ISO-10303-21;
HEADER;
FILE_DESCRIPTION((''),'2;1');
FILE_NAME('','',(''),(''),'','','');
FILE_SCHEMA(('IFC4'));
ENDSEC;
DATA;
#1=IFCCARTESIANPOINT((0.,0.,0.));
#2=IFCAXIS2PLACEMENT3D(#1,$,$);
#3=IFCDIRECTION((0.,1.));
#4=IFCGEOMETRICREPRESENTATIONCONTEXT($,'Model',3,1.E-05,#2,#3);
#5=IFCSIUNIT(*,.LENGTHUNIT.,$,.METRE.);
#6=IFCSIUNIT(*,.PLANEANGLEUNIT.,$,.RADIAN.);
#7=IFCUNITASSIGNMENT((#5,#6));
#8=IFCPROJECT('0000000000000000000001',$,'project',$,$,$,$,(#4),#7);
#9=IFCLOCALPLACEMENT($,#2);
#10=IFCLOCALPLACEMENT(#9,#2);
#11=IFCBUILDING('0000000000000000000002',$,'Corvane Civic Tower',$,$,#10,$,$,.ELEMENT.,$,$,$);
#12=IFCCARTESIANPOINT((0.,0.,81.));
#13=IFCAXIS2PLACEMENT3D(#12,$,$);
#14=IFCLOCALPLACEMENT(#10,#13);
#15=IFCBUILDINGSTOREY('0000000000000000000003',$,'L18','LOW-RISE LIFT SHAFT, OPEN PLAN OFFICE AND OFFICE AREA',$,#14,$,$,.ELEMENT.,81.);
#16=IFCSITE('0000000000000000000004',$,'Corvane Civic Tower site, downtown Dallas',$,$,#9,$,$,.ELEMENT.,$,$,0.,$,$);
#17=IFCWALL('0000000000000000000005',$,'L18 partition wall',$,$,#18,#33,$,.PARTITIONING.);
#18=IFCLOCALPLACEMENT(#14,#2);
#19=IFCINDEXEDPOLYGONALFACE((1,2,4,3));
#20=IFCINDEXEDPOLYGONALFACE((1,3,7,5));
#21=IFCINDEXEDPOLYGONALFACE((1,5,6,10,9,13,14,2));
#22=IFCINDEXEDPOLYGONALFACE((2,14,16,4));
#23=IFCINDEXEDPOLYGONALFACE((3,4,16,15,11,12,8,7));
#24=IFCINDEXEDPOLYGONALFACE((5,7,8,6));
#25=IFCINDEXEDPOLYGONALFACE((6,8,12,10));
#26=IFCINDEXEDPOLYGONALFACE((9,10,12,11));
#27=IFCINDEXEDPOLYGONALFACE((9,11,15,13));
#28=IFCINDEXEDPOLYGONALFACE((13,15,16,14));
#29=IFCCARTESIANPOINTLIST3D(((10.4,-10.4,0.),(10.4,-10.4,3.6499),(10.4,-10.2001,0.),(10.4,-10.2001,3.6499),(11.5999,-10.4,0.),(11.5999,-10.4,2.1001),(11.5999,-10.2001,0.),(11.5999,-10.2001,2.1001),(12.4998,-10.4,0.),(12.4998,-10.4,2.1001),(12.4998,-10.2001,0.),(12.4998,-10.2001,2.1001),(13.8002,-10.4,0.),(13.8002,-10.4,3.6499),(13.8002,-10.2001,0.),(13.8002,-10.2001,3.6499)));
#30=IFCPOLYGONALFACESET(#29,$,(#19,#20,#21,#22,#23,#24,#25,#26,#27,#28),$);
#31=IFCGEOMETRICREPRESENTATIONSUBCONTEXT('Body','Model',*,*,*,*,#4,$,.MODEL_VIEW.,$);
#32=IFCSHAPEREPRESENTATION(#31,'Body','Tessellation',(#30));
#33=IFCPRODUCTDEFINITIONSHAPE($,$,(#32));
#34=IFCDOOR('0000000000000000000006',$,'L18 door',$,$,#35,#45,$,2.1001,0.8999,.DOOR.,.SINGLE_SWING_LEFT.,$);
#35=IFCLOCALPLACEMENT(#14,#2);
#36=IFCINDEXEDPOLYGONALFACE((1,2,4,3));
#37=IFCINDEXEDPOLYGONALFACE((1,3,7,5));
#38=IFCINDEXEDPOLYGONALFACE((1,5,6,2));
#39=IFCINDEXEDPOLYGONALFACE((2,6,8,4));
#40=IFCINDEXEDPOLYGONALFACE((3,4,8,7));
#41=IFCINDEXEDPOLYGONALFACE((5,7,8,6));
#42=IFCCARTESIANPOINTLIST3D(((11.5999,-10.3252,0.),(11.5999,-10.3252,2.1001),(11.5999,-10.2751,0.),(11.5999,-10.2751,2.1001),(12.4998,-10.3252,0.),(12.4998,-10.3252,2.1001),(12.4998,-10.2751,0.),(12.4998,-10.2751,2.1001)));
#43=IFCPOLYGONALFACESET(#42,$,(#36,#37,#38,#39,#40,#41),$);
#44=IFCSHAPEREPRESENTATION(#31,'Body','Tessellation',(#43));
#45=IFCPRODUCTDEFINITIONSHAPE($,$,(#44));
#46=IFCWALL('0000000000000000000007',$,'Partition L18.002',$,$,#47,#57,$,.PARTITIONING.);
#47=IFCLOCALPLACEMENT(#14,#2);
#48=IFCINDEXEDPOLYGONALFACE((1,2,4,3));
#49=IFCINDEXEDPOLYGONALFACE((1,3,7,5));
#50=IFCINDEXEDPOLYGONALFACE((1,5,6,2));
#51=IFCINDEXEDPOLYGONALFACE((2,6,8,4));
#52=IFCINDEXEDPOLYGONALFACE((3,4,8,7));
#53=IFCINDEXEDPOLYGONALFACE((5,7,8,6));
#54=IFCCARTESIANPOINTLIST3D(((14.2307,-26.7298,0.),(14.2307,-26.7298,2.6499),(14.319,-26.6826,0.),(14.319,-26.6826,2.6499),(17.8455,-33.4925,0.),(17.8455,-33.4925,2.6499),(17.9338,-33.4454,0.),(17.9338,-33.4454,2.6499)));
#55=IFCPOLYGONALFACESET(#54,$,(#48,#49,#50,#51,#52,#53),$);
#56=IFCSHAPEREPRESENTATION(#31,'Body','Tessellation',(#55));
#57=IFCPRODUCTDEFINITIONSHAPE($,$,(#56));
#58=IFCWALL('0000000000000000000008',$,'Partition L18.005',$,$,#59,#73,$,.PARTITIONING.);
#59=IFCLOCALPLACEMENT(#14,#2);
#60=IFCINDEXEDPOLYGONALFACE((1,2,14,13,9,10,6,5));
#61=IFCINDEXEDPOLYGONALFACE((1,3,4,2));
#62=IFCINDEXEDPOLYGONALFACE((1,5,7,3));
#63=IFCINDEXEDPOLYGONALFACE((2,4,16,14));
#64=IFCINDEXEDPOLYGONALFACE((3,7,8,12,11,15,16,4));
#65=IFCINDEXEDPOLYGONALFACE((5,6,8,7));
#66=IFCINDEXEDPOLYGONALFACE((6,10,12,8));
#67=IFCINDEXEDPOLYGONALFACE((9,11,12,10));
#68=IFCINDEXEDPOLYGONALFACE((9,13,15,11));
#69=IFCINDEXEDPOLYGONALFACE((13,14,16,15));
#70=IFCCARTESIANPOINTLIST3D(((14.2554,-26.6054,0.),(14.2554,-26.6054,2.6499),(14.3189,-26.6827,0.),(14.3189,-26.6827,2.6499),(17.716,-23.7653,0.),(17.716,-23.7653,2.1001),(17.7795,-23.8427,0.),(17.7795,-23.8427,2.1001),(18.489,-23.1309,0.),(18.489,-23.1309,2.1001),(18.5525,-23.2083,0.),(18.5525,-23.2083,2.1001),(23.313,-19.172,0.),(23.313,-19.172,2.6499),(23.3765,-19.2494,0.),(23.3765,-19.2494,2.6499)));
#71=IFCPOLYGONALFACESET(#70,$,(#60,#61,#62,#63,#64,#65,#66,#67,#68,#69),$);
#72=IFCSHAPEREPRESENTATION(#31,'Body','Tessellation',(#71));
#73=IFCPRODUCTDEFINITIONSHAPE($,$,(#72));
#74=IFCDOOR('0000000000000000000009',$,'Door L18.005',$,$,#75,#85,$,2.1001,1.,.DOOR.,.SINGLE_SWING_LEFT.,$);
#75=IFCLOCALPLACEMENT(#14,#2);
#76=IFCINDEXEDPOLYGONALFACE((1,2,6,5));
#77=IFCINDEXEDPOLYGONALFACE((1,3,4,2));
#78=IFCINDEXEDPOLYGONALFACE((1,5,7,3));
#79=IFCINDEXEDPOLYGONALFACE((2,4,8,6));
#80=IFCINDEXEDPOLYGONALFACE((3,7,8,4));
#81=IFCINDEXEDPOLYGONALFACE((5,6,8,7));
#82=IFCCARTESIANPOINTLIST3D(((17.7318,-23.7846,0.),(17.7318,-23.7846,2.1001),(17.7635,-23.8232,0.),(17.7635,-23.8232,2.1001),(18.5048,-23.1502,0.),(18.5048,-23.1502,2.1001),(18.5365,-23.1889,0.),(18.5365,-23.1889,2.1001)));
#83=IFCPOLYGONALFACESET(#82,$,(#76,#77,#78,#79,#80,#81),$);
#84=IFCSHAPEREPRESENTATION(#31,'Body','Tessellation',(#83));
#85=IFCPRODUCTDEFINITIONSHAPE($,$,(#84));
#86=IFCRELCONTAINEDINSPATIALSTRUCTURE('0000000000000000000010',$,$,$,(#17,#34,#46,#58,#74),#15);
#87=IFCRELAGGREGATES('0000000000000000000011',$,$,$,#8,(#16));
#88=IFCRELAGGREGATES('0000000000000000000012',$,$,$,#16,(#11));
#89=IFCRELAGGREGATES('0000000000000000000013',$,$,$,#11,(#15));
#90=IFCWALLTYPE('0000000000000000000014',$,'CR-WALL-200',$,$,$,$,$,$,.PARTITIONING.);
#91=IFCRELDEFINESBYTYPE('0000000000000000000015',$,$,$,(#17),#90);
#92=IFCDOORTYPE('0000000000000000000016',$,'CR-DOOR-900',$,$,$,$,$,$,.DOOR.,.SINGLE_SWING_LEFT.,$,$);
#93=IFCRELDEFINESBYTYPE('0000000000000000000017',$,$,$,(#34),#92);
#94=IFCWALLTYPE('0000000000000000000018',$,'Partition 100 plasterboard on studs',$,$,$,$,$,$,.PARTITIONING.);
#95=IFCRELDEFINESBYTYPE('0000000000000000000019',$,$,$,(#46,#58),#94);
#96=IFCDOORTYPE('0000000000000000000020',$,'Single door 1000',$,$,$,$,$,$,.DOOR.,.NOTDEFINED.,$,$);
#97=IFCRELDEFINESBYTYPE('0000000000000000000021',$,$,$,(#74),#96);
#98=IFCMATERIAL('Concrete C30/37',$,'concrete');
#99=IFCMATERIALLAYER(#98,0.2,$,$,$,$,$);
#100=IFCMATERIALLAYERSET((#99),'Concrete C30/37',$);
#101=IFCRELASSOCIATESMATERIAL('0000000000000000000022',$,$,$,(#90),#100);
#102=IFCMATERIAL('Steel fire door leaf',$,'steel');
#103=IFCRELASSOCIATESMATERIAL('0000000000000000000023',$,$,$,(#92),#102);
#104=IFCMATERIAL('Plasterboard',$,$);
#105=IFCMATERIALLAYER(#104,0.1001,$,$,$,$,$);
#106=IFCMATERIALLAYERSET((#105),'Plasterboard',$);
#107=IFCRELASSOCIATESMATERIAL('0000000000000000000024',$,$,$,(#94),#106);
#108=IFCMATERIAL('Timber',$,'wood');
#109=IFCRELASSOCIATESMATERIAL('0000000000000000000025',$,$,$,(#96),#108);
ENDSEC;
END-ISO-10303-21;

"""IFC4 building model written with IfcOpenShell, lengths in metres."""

from ifc_helpers import new_model, si_unit, direction, frame, frame_2d, origin, place, context, subcontext, project, spatial, rectangle, extrude, material, layer, layer_set, type_object, element, fill, save


model = new_model("IFC4")

# Units and contexts
model_context = context("Model", 3, precision=1e-05, world=origin(), true_north=direction((0.0, 1.0)))
body_context = subcontext(model_context, "Body", "Model", "MODEL_VIEW")
ifc_project = project(units=[si_unit("LENGTHUNIT", "METRE"), si_unit("PLANEANGLEUNIT", "RADIAN")], contexts=[model_context])

# Site, building, storey
site_placement = place(None, origin())
site = spatial("IfcSite", under=ifc_project, at=site_placement, Name="Corvane Civic Tower site, downtown Dallas", CompositionType="ELEMENT", RefElevation=0.0)
building_placement = place(site_placement, origin())
building = spatial("IfcBuilding", under=site, at=building_placement, Name="Corvane Civic Tower", CompositionType="ELEMENT")
storey_placement = place(building_placement, frame((0.0, 0.0, 81.0)))
storey = spatial("IfcBuildingStorey", under=building, at=storey_placement, Name="L18", Description="LOW-RISE LIFT SHAFT, OPEN PLAN OFFICE AND OFFICE AREA", CompositionType="ELEMENT", Elevation=81.0)

# Wall, opening, door
ifc_material_1 = material(Name="Concrete C30/37", Category="concrete")
ifc_layer_1 = layer(ifc_material_1, 0.2)
ifc_layer_set_1 = layer_set([ifc_layer_1], Name="Concrete C30/37")
wall_type_1 = type_object("IfcWallType", Name="CR-WALL-200", PredefinedType="PARTITIONING", material=ifc_layer_set_1)
wall_1_placement = place(storey_placement, frame((10.3999, -10.3, 0.0), z_axis=(0.0, 0.0, 1.0), x_axis=(1.0, 0.0, 0.0)))
wall_1 = element("IfcWall", 1, at=wall_1_placement, inside=storey, type_object=wall_type_1, Name="L18 partition wall", PredefinedType="PARTITIONING", context=body_context, shape_type="SweptSolid", body=[
    extrude(rectangle(XDim=3.4001, YDim=0.2, at=frame_2d((1.7002, 0.0))), origin(), (0.0, 0.0, 1.0), 3.6499),
])
opening_1_placement = place(wall_1_placement, frame((1.2, 0.0, 0.0)))
opening_1 = element("IfcOpeningElement", 2, at=opening_1_placement, cuts=wall_1, PredefinedType="OPENING", context=body_context, shape_type="SweptSolid", body=[
    extrude(rectangle(XDim=0.8999, YDim=2.1001, at=frame_2d((0.45, 1.05))), frame((0.0, 0.1099, 0.0), z_axis=(0.0, -1.0, 0.0), x_axis=(1.0, 0.0, 0.0)), (0.0, 0.0, 1.0), 0.22),
])
ifc_material_2 = material(Name="Steel fire door leaf", Category="steel")
door_type_1 = type_object("IfcDoorType", Name="CR-DOOR-900", OperationType="SINGLE_SWING_LEFT", PredefinedType="DOOR", material=ifc_material_2)
door_1_placement = place(opening_1_placement, origin())
door_1 = element("IfcDoor", 3, at=door_1_placement, inside=storey, type_object=door_type_1, Name="L18 door", OperationType="SINGLE_SWING_LEFT", OverallHeight=2.1001, OverallWidth=0.8999, PredefinedType="DOOR", context=body_context, shape_type="SweptSolid", body=[
    extrude(rectangle(XDim=0.8999, YDim=2.1001, at=frame_2d((0.45, 1.05))), frame((0.0, 0.0249, 0.0), z_axis=(0.0, -1.0, 0.0), x_axis=(1.0, 0.0, 0.0)), (0.0, 0.0, 1.0), 0.05),
])
fill(opening_1, door_1)

# Wall
ifc_material_3 = material(Name="Plasterboard")
ifc_layer_2 = layer(ifc_material_3, 0.1001)
ifc_layer_set_2 = layer_set([ifc_layer_2], Name="Plasterboard")
wall_type_2 = type_object("IfcWallType", Name="Partition 100 plasterboard on studs", PredefinedType="PARTITIONING", material=ifc_layer_set_2)
wall_2_placement = place(storey_placement, frame((14.2749, -26.7063, 0.0), z_axis=(0.0, 0.0, 1.0), x_axis=(0.471398, -0.881921, 0.0)))
element("IfcWall", 4, at=wall_2_placement, inside=storey, type_object=wall_type_2, Name="Partition L18.002", PredefinedType="PARTITIONING", context=body_context, shape_type="SweptSolid", body=[
    extrude(rectangle(XDim=7.6682, YDim=0.1001, at=frame_2d((3.834, 0.0))), origin(), (0.0, 0.0, 1.0), 2.6499),
])

# Wall, opening, door
wall_3_placement = place(storey_placement, frame((14.2871, -26.644, 0.0), z_axis=(0.0, 0.0, 1.0), x_axis=(0.773012, 0.634391, 0.0)))
wall_3 = element("IfcWall", 5, at=wall_3_placement, inside=storey, type_object=wall_type_2, Name="Partition L18.005", PredefinedType="PARTITIONING", context=body_context, shape_type="SweptSolid", body=[
    extrude(rectangle(XDim=11.7173, YDim=0.1001, at=frame_2d((5.8586, 0.0))), origin(), (0.0, 0.0, 1.0), 2.6499),
])
opening_2_placement = place(wall_3_placement, frame((4.4768, 0.0, 0.0)))
opening_2 = element("IfcOpeningElement", 6, at=opening_2_placement, cuts=wall_3, PredefinedType="OPENING", context=body_context, shape_type="SweptSolid", body=[
    extrude(rectangle(XDim=1.0, YDim=2.1001, at=frame_2d((0.5, 1.05))), frame((0.0, 0.0601, 0.0), z_axis=(0.0, -1.0, 0.0), x_axis=(1.0, 0.0, 0.0)), (0.0, 0.0, 1.0), 0.1201),
])
ifc_material_4 = material(Name="Timber", Category="wood")
door_type_2 = type_object("IfcDoorType", Name="Single door 1000", OperationType="NOTDEFINED", PredefinedType="DOOR", material=ifc_material_4)
door_2_placement = place(opening_2_placement, frame((1.0, 0.0, 0.0), z_axis=(0.0, 0.0, 1.0), x_axis=(-1.0, 0.0, 0.0)))
door_2 = element("IfcDoor", 7, at=door_2_placement, inside=storey, type_object=door_type_2, Name="Door L18.005", OperationType="SINGLE_SWING_LEFT", OverallHeight=2.1001, OverallWidth=1.0, PredefinedType="DOOR", context=body_context, shape_type="SweptSolid", body=[
    extrude(rectangle(XDim=1.0, YDim=2.1001, at=frame_2d((0.5, 1.05))), frame((0.0, 0.0249, 0.0), z_axis=(0.0, -1.0, 0.0), x_axis=(1.0, 0.0, 0.0)), (0.0, 0.0, 1.0), 0.05),
])
fill(opening_2, door_2)

save(model, "model.ifc")
